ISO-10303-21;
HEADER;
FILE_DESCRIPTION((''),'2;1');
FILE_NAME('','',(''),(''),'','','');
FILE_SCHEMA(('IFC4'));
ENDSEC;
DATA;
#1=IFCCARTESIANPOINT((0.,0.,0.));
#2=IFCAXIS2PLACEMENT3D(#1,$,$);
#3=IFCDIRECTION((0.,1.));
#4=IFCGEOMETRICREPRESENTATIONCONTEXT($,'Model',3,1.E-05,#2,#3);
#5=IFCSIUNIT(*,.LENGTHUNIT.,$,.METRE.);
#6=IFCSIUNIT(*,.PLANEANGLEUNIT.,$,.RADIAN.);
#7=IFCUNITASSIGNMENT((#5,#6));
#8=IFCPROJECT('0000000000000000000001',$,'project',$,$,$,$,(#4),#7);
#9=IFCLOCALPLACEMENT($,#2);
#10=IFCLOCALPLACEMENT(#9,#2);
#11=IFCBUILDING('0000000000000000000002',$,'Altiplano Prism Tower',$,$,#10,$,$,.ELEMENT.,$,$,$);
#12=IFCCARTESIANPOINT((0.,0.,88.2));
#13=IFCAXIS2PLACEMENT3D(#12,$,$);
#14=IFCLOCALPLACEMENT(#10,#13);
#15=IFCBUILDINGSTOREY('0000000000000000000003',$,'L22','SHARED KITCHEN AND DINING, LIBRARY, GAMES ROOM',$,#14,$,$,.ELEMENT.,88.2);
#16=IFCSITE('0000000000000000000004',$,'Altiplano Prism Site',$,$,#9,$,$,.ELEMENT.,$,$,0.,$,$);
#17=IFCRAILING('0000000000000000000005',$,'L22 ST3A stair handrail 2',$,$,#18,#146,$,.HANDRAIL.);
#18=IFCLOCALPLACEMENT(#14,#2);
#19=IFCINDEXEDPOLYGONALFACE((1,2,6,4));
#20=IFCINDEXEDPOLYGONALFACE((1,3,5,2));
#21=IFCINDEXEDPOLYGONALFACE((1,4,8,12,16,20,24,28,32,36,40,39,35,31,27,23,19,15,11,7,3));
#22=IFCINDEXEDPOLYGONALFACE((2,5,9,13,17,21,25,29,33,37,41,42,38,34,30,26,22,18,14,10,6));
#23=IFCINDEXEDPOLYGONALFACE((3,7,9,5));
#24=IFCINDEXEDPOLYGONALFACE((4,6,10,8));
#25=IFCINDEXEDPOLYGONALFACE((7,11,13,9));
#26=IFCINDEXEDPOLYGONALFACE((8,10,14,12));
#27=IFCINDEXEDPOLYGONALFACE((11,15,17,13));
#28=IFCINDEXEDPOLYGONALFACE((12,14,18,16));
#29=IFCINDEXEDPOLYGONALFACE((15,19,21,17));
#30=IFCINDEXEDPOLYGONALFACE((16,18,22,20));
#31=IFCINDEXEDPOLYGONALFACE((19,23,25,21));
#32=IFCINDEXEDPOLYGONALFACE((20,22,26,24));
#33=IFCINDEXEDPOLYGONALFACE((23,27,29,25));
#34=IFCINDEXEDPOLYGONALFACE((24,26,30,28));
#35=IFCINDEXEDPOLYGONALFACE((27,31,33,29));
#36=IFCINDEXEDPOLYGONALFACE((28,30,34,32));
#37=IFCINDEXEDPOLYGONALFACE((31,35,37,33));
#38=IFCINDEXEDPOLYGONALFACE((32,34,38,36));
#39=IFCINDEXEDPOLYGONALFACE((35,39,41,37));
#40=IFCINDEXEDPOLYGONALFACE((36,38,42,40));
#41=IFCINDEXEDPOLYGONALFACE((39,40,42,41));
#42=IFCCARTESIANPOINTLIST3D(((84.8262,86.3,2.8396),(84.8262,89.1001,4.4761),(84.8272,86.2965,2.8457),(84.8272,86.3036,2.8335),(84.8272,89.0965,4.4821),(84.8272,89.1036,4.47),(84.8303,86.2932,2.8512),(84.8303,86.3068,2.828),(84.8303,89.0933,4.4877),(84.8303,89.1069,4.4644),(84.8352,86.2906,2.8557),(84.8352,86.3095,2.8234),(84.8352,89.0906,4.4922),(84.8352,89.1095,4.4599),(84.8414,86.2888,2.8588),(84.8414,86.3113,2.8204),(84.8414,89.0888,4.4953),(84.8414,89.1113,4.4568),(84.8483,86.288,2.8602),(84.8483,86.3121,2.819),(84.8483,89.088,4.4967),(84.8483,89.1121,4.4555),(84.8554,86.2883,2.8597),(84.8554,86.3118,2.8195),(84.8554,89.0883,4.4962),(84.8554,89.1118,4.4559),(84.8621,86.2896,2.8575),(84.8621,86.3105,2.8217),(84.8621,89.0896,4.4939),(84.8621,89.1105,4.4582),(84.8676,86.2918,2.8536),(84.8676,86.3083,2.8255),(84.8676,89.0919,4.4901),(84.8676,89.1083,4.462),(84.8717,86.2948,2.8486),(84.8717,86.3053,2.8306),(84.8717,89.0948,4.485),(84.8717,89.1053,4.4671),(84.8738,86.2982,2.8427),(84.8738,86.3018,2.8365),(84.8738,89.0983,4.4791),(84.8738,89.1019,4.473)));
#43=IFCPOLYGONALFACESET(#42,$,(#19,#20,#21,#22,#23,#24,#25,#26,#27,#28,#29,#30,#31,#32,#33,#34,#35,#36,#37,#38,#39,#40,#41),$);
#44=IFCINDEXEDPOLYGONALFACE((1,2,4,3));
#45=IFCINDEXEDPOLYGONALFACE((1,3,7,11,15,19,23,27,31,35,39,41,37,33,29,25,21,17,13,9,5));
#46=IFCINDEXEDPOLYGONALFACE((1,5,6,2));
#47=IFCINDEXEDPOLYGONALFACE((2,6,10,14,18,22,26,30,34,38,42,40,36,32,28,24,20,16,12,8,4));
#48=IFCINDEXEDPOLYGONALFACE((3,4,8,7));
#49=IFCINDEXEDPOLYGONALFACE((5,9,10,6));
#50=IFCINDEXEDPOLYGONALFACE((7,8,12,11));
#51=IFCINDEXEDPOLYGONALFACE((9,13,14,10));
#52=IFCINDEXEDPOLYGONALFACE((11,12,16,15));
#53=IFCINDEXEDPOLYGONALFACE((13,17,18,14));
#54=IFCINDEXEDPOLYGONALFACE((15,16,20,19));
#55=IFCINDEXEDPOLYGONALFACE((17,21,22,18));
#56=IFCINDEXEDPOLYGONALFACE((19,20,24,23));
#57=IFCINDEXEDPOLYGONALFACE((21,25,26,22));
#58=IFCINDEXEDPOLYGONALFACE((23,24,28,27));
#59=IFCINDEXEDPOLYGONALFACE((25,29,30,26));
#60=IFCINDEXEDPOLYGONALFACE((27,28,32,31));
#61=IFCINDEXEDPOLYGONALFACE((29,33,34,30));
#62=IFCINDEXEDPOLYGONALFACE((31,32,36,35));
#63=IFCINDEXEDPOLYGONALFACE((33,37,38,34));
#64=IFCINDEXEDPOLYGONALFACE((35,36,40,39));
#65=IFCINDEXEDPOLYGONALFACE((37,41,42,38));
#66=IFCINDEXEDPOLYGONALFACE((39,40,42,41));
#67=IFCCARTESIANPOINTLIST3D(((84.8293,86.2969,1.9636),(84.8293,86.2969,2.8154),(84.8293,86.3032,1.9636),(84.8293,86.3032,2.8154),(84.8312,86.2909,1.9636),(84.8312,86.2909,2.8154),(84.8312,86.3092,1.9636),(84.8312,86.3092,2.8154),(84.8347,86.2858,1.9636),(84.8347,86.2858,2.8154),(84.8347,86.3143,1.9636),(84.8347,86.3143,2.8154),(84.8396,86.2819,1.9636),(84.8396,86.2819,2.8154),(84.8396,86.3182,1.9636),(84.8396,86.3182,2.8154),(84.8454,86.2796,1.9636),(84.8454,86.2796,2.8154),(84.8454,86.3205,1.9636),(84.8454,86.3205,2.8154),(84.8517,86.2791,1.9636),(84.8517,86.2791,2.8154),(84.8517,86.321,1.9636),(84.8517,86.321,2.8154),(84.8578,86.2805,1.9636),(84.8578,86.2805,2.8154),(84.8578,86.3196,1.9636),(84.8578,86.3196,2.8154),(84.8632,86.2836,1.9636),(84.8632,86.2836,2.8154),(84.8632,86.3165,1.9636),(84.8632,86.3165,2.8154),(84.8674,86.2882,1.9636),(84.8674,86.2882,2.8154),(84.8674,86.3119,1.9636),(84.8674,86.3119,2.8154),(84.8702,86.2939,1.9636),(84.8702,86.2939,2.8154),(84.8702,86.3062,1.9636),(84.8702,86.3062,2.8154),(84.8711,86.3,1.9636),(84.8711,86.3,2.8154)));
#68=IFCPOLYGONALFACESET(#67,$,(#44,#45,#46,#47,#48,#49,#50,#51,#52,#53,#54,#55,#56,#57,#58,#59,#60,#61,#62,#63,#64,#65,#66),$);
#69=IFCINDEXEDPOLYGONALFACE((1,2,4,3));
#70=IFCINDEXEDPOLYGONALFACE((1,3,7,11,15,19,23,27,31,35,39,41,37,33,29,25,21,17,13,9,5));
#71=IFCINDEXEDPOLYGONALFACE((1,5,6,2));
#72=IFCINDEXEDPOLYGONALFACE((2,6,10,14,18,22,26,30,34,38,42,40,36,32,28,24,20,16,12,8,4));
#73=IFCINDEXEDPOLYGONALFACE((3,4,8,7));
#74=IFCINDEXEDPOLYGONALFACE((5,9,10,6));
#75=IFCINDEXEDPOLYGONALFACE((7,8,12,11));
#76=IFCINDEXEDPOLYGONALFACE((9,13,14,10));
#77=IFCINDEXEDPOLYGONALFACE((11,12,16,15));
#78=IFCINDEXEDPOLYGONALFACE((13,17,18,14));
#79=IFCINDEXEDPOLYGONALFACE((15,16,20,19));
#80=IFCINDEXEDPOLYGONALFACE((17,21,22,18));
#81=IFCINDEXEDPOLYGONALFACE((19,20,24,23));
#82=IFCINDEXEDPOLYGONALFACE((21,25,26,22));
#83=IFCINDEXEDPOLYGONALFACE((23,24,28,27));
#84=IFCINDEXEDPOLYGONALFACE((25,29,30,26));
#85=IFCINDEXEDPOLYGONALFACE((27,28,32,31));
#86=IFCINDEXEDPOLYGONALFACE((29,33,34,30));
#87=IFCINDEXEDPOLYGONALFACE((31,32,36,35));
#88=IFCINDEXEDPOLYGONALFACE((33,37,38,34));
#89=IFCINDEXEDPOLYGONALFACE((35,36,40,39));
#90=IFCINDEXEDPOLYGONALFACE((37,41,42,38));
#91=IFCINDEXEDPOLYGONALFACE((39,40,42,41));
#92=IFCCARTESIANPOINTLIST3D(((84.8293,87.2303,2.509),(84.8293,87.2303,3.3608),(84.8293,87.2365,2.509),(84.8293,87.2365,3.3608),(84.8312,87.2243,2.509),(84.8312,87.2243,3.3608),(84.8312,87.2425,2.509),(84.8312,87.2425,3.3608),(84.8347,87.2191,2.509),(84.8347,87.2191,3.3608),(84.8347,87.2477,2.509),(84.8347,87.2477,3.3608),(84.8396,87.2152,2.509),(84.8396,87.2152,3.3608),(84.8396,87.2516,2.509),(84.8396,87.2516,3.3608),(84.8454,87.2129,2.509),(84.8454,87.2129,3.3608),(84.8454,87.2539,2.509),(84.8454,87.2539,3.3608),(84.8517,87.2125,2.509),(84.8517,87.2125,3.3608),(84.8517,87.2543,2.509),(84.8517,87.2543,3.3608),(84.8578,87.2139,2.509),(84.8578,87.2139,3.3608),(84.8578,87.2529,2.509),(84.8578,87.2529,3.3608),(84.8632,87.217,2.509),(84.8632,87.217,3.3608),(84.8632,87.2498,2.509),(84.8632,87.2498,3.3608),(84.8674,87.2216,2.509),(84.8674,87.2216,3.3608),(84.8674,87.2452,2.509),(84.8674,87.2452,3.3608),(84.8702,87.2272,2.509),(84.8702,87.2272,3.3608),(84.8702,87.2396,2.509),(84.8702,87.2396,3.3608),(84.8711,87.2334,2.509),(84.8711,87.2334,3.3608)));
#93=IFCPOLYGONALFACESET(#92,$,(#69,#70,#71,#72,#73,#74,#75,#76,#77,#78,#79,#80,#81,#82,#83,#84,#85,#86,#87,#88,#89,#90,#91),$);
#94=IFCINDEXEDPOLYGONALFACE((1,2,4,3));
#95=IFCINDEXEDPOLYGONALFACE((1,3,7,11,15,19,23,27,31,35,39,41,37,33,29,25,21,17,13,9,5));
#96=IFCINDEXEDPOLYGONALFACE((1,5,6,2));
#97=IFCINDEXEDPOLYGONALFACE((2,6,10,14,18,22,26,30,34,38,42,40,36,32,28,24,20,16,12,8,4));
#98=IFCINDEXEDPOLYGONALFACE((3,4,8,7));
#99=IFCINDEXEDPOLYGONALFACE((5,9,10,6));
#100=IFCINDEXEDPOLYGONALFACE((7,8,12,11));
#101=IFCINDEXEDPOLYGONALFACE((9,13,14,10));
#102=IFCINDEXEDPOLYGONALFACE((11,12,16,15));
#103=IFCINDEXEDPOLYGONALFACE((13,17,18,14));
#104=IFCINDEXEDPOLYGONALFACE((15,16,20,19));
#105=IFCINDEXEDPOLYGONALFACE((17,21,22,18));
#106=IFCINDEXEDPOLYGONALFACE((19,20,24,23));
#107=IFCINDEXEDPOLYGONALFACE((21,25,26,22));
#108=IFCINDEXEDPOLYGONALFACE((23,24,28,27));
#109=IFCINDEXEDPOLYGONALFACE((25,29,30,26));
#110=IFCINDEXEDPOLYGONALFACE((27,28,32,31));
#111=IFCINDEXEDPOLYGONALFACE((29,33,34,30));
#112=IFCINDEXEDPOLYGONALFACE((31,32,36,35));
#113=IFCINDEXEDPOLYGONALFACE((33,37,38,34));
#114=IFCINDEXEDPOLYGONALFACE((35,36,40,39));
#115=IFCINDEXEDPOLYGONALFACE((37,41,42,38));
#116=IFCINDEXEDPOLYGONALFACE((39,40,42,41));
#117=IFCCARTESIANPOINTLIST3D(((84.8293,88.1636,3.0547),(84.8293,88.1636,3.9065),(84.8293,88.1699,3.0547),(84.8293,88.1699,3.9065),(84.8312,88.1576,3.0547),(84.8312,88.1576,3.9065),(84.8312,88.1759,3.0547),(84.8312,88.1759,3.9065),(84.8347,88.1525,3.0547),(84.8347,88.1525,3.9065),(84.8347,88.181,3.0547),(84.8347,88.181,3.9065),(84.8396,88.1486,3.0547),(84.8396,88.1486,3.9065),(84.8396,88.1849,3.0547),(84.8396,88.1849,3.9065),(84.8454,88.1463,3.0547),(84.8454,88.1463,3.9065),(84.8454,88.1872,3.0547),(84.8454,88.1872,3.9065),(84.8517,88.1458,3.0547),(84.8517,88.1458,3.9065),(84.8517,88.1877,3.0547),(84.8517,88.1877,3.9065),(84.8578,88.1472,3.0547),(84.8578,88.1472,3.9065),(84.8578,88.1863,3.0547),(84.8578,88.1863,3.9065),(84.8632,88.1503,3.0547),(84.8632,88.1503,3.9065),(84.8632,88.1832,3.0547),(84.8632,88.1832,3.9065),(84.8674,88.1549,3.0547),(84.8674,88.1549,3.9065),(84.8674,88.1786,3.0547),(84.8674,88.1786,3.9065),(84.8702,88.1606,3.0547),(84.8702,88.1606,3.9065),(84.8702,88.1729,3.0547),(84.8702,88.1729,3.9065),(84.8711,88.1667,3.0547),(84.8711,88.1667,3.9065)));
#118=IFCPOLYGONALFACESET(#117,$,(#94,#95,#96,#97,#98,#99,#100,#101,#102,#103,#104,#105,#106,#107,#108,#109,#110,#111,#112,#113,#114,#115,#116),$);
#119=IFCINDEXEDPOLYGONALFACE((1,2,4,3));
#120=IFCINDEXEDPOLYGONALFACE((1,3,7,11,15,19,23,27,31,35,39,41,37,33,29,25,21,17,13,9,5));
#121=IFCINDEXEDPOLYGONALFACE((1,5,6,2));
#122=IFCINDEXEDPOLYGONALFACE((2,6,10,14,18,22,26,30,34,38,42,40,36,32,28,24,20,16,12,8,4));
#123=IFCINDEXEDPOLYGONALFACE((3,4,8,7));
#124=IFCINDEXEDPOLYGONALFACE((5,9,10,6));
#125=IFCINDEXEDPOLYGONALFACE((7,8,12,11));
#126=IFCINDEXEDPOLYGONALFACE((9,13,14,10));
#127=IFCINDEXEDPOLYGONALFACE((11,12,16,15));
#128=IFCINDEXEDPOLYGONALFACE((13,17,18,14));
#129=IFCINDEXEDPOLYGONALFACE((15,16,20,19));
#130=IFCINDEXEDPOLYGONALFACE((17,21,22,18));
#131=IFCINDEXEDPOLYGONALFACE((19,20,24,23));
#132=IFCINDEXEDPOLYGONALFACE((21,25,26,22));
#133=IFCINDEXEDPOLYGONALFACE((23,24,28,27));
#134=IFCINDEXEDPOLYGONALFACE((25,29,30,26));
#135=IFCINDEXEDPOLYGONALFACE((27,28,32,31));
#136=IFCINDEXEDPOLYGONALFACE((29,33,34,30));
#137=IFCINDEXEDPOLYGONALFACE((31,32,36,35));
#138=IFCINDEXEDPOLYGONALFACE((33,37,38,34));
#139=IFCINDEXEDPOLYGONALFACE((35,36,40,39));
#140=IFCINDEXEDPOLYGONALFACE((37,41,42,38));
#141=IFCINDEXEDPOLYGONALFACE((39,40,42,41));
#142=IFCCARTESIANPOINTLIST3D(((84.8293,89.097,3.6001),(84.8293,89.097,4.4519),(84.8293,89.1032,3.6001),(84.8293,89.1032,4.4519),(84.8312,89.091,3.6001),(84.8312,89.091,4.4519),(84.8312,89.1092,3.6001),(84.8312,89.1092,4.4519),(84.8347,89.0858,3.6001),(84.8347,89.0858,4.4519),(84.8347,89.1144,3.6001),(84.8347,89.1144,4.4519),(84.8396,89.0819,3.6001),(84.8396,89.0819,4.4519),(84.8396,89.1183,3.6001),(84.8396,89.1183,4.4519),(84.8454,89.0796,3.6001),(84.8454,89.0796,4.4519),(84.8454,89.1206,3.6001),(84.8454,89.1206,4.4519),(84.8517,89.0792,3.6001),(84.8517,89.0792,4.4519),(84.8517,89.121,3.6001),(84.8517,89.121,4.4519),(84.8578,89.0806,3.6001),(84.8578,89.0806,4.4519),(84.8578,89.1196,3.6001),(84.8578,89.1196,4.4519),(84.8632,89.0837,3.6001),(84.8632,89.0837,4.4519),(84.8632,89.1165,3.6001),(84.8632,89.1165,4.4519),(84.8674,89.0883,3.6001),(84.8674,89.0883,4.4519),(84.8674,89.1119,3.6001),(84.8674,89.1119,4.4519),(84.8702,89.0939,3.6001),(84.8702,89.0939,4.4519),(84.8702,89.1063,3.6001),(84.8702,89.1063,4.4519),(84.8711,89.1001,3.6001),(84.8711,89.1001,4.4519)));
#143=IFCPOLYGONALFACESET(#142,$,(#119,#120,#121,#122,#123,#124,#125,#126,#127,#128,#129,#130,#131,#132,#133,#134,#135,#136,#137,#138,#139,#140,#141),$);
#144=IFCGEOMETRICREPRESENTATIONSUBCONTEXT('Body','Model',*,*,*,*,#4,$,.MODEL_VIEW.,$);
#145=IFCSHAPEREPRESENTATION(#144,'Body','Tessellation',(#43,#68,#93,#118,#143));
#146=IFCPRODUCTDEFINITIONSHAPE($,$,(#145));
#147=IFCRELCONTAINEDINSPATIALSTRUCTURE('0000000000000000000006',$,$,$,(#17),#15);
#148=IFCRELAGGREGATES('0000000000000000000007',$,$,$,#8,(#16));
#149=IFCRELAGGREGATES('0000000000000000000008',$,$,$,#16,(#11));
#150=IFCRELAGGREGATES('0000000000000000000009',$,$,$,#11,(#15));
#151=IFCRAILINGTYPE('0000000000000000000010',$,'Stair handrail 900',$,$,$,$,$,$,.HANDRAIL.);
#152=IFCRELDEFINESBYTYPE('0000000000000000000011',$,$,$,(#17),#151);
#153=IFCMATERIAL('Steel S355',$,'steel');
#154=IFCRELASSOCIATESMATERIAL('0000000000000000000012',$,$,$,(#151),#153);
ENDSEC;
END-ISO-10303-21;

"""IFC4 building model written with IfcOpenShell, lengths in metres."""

from ifc_helpers import new_model, si_unit, direction, frame, origin, origin_2d, place, context, subcontext, project, spatial, circle, extrude, material, type_object, element, save


model = new_model("IFC4")

# Units and contexts
model_context = context("Model", 3, precision=1e-05, world=origin(), true_north=direction((0.0, 1.0)))
body_context = subcontext(model_context, "Body", "Model", "MODEL_VIEW")
ifc_project = project(units=[si_unit("LENGTHUNIT", "METRE"), si_unit("PLANEANGLEUNIT", "RADIAN")], contexts=[model_context])

# Site, building, storey
site_placement = place(None, origin())
site = spatial("IfcSite", under=ifc_project, at=site_placement, Name="Altiplano Prism Site", CompositionType="ELEMENT", RefElevation=0.0)
building_placement = place(site_placement, origin())
building = spatial("IfcBuilding", under=site, at=building_placement, Name="Altiplano Prism Tower", CompositionType="ELEMENT")
storey_placement = place(building_placement, frame((0.0, 0.0, 88.2)))
storey = spatial("IfcBuildingStorey", under=building, at=storey_placement, Name="L22", Description="SHARED KITCHEN AND DINING, LIBRARY, GAMES ROOM", CompositionType="ELEMENT", Elevation=88.2)

# Railing
ifc_material_1 = material(Name="Steel S355", Category="steel")
railing_type = type_object("IfcRailingType", Name="Stair handrail 900", PredefinedType="HANDRAIL", material=ifc_material_1)
for number, where, name in (
    (1, (84.8501, 86.3, 1.9636), "L22 ST3A stair handrail 2"),
):
    element("IfcRailing", number, at=place(storey_placement, frame(where)), inside=storey, type_object=railing_type, Name=name, PredefinedType="HANDRAIL", context=body_context, shape_type="SweptSolid", body=[
        extrude(circle(Radius=0.0239, at=origin_2d()), frame((0.0, 0.0, 0.876), z_axis=(0.0, 0.863361, 0.504587), x_axis=(-1.0, 0.0, 0.0)), (0.0, 0.0, 1.0), 3.2432),
        extrude(circle(Radius=0.021, at=origin_2d()), origin(), (0.0, 0.0, 1.0), 0.8518),
        extrude(circle(Radius=0.021, at=origin_2d()), frame((0.0, 0.9333, 0.5454)), (0.0, 0.0, 1.0), 0.8518),
        extrude(circle(Radius=0.021, at=origin_2d()), frame((0.0, 1.8667, 1.0911)), (0.0, 0.0, 1.0), 0.8518),
        extrude(circle(Radius=0.021, at=origin_2d()), frame((0.0, 2.8, 1.6365)), (0.0, 0.0, 1.0), 0.8518),
    ])

save(model, "model.ifc")
